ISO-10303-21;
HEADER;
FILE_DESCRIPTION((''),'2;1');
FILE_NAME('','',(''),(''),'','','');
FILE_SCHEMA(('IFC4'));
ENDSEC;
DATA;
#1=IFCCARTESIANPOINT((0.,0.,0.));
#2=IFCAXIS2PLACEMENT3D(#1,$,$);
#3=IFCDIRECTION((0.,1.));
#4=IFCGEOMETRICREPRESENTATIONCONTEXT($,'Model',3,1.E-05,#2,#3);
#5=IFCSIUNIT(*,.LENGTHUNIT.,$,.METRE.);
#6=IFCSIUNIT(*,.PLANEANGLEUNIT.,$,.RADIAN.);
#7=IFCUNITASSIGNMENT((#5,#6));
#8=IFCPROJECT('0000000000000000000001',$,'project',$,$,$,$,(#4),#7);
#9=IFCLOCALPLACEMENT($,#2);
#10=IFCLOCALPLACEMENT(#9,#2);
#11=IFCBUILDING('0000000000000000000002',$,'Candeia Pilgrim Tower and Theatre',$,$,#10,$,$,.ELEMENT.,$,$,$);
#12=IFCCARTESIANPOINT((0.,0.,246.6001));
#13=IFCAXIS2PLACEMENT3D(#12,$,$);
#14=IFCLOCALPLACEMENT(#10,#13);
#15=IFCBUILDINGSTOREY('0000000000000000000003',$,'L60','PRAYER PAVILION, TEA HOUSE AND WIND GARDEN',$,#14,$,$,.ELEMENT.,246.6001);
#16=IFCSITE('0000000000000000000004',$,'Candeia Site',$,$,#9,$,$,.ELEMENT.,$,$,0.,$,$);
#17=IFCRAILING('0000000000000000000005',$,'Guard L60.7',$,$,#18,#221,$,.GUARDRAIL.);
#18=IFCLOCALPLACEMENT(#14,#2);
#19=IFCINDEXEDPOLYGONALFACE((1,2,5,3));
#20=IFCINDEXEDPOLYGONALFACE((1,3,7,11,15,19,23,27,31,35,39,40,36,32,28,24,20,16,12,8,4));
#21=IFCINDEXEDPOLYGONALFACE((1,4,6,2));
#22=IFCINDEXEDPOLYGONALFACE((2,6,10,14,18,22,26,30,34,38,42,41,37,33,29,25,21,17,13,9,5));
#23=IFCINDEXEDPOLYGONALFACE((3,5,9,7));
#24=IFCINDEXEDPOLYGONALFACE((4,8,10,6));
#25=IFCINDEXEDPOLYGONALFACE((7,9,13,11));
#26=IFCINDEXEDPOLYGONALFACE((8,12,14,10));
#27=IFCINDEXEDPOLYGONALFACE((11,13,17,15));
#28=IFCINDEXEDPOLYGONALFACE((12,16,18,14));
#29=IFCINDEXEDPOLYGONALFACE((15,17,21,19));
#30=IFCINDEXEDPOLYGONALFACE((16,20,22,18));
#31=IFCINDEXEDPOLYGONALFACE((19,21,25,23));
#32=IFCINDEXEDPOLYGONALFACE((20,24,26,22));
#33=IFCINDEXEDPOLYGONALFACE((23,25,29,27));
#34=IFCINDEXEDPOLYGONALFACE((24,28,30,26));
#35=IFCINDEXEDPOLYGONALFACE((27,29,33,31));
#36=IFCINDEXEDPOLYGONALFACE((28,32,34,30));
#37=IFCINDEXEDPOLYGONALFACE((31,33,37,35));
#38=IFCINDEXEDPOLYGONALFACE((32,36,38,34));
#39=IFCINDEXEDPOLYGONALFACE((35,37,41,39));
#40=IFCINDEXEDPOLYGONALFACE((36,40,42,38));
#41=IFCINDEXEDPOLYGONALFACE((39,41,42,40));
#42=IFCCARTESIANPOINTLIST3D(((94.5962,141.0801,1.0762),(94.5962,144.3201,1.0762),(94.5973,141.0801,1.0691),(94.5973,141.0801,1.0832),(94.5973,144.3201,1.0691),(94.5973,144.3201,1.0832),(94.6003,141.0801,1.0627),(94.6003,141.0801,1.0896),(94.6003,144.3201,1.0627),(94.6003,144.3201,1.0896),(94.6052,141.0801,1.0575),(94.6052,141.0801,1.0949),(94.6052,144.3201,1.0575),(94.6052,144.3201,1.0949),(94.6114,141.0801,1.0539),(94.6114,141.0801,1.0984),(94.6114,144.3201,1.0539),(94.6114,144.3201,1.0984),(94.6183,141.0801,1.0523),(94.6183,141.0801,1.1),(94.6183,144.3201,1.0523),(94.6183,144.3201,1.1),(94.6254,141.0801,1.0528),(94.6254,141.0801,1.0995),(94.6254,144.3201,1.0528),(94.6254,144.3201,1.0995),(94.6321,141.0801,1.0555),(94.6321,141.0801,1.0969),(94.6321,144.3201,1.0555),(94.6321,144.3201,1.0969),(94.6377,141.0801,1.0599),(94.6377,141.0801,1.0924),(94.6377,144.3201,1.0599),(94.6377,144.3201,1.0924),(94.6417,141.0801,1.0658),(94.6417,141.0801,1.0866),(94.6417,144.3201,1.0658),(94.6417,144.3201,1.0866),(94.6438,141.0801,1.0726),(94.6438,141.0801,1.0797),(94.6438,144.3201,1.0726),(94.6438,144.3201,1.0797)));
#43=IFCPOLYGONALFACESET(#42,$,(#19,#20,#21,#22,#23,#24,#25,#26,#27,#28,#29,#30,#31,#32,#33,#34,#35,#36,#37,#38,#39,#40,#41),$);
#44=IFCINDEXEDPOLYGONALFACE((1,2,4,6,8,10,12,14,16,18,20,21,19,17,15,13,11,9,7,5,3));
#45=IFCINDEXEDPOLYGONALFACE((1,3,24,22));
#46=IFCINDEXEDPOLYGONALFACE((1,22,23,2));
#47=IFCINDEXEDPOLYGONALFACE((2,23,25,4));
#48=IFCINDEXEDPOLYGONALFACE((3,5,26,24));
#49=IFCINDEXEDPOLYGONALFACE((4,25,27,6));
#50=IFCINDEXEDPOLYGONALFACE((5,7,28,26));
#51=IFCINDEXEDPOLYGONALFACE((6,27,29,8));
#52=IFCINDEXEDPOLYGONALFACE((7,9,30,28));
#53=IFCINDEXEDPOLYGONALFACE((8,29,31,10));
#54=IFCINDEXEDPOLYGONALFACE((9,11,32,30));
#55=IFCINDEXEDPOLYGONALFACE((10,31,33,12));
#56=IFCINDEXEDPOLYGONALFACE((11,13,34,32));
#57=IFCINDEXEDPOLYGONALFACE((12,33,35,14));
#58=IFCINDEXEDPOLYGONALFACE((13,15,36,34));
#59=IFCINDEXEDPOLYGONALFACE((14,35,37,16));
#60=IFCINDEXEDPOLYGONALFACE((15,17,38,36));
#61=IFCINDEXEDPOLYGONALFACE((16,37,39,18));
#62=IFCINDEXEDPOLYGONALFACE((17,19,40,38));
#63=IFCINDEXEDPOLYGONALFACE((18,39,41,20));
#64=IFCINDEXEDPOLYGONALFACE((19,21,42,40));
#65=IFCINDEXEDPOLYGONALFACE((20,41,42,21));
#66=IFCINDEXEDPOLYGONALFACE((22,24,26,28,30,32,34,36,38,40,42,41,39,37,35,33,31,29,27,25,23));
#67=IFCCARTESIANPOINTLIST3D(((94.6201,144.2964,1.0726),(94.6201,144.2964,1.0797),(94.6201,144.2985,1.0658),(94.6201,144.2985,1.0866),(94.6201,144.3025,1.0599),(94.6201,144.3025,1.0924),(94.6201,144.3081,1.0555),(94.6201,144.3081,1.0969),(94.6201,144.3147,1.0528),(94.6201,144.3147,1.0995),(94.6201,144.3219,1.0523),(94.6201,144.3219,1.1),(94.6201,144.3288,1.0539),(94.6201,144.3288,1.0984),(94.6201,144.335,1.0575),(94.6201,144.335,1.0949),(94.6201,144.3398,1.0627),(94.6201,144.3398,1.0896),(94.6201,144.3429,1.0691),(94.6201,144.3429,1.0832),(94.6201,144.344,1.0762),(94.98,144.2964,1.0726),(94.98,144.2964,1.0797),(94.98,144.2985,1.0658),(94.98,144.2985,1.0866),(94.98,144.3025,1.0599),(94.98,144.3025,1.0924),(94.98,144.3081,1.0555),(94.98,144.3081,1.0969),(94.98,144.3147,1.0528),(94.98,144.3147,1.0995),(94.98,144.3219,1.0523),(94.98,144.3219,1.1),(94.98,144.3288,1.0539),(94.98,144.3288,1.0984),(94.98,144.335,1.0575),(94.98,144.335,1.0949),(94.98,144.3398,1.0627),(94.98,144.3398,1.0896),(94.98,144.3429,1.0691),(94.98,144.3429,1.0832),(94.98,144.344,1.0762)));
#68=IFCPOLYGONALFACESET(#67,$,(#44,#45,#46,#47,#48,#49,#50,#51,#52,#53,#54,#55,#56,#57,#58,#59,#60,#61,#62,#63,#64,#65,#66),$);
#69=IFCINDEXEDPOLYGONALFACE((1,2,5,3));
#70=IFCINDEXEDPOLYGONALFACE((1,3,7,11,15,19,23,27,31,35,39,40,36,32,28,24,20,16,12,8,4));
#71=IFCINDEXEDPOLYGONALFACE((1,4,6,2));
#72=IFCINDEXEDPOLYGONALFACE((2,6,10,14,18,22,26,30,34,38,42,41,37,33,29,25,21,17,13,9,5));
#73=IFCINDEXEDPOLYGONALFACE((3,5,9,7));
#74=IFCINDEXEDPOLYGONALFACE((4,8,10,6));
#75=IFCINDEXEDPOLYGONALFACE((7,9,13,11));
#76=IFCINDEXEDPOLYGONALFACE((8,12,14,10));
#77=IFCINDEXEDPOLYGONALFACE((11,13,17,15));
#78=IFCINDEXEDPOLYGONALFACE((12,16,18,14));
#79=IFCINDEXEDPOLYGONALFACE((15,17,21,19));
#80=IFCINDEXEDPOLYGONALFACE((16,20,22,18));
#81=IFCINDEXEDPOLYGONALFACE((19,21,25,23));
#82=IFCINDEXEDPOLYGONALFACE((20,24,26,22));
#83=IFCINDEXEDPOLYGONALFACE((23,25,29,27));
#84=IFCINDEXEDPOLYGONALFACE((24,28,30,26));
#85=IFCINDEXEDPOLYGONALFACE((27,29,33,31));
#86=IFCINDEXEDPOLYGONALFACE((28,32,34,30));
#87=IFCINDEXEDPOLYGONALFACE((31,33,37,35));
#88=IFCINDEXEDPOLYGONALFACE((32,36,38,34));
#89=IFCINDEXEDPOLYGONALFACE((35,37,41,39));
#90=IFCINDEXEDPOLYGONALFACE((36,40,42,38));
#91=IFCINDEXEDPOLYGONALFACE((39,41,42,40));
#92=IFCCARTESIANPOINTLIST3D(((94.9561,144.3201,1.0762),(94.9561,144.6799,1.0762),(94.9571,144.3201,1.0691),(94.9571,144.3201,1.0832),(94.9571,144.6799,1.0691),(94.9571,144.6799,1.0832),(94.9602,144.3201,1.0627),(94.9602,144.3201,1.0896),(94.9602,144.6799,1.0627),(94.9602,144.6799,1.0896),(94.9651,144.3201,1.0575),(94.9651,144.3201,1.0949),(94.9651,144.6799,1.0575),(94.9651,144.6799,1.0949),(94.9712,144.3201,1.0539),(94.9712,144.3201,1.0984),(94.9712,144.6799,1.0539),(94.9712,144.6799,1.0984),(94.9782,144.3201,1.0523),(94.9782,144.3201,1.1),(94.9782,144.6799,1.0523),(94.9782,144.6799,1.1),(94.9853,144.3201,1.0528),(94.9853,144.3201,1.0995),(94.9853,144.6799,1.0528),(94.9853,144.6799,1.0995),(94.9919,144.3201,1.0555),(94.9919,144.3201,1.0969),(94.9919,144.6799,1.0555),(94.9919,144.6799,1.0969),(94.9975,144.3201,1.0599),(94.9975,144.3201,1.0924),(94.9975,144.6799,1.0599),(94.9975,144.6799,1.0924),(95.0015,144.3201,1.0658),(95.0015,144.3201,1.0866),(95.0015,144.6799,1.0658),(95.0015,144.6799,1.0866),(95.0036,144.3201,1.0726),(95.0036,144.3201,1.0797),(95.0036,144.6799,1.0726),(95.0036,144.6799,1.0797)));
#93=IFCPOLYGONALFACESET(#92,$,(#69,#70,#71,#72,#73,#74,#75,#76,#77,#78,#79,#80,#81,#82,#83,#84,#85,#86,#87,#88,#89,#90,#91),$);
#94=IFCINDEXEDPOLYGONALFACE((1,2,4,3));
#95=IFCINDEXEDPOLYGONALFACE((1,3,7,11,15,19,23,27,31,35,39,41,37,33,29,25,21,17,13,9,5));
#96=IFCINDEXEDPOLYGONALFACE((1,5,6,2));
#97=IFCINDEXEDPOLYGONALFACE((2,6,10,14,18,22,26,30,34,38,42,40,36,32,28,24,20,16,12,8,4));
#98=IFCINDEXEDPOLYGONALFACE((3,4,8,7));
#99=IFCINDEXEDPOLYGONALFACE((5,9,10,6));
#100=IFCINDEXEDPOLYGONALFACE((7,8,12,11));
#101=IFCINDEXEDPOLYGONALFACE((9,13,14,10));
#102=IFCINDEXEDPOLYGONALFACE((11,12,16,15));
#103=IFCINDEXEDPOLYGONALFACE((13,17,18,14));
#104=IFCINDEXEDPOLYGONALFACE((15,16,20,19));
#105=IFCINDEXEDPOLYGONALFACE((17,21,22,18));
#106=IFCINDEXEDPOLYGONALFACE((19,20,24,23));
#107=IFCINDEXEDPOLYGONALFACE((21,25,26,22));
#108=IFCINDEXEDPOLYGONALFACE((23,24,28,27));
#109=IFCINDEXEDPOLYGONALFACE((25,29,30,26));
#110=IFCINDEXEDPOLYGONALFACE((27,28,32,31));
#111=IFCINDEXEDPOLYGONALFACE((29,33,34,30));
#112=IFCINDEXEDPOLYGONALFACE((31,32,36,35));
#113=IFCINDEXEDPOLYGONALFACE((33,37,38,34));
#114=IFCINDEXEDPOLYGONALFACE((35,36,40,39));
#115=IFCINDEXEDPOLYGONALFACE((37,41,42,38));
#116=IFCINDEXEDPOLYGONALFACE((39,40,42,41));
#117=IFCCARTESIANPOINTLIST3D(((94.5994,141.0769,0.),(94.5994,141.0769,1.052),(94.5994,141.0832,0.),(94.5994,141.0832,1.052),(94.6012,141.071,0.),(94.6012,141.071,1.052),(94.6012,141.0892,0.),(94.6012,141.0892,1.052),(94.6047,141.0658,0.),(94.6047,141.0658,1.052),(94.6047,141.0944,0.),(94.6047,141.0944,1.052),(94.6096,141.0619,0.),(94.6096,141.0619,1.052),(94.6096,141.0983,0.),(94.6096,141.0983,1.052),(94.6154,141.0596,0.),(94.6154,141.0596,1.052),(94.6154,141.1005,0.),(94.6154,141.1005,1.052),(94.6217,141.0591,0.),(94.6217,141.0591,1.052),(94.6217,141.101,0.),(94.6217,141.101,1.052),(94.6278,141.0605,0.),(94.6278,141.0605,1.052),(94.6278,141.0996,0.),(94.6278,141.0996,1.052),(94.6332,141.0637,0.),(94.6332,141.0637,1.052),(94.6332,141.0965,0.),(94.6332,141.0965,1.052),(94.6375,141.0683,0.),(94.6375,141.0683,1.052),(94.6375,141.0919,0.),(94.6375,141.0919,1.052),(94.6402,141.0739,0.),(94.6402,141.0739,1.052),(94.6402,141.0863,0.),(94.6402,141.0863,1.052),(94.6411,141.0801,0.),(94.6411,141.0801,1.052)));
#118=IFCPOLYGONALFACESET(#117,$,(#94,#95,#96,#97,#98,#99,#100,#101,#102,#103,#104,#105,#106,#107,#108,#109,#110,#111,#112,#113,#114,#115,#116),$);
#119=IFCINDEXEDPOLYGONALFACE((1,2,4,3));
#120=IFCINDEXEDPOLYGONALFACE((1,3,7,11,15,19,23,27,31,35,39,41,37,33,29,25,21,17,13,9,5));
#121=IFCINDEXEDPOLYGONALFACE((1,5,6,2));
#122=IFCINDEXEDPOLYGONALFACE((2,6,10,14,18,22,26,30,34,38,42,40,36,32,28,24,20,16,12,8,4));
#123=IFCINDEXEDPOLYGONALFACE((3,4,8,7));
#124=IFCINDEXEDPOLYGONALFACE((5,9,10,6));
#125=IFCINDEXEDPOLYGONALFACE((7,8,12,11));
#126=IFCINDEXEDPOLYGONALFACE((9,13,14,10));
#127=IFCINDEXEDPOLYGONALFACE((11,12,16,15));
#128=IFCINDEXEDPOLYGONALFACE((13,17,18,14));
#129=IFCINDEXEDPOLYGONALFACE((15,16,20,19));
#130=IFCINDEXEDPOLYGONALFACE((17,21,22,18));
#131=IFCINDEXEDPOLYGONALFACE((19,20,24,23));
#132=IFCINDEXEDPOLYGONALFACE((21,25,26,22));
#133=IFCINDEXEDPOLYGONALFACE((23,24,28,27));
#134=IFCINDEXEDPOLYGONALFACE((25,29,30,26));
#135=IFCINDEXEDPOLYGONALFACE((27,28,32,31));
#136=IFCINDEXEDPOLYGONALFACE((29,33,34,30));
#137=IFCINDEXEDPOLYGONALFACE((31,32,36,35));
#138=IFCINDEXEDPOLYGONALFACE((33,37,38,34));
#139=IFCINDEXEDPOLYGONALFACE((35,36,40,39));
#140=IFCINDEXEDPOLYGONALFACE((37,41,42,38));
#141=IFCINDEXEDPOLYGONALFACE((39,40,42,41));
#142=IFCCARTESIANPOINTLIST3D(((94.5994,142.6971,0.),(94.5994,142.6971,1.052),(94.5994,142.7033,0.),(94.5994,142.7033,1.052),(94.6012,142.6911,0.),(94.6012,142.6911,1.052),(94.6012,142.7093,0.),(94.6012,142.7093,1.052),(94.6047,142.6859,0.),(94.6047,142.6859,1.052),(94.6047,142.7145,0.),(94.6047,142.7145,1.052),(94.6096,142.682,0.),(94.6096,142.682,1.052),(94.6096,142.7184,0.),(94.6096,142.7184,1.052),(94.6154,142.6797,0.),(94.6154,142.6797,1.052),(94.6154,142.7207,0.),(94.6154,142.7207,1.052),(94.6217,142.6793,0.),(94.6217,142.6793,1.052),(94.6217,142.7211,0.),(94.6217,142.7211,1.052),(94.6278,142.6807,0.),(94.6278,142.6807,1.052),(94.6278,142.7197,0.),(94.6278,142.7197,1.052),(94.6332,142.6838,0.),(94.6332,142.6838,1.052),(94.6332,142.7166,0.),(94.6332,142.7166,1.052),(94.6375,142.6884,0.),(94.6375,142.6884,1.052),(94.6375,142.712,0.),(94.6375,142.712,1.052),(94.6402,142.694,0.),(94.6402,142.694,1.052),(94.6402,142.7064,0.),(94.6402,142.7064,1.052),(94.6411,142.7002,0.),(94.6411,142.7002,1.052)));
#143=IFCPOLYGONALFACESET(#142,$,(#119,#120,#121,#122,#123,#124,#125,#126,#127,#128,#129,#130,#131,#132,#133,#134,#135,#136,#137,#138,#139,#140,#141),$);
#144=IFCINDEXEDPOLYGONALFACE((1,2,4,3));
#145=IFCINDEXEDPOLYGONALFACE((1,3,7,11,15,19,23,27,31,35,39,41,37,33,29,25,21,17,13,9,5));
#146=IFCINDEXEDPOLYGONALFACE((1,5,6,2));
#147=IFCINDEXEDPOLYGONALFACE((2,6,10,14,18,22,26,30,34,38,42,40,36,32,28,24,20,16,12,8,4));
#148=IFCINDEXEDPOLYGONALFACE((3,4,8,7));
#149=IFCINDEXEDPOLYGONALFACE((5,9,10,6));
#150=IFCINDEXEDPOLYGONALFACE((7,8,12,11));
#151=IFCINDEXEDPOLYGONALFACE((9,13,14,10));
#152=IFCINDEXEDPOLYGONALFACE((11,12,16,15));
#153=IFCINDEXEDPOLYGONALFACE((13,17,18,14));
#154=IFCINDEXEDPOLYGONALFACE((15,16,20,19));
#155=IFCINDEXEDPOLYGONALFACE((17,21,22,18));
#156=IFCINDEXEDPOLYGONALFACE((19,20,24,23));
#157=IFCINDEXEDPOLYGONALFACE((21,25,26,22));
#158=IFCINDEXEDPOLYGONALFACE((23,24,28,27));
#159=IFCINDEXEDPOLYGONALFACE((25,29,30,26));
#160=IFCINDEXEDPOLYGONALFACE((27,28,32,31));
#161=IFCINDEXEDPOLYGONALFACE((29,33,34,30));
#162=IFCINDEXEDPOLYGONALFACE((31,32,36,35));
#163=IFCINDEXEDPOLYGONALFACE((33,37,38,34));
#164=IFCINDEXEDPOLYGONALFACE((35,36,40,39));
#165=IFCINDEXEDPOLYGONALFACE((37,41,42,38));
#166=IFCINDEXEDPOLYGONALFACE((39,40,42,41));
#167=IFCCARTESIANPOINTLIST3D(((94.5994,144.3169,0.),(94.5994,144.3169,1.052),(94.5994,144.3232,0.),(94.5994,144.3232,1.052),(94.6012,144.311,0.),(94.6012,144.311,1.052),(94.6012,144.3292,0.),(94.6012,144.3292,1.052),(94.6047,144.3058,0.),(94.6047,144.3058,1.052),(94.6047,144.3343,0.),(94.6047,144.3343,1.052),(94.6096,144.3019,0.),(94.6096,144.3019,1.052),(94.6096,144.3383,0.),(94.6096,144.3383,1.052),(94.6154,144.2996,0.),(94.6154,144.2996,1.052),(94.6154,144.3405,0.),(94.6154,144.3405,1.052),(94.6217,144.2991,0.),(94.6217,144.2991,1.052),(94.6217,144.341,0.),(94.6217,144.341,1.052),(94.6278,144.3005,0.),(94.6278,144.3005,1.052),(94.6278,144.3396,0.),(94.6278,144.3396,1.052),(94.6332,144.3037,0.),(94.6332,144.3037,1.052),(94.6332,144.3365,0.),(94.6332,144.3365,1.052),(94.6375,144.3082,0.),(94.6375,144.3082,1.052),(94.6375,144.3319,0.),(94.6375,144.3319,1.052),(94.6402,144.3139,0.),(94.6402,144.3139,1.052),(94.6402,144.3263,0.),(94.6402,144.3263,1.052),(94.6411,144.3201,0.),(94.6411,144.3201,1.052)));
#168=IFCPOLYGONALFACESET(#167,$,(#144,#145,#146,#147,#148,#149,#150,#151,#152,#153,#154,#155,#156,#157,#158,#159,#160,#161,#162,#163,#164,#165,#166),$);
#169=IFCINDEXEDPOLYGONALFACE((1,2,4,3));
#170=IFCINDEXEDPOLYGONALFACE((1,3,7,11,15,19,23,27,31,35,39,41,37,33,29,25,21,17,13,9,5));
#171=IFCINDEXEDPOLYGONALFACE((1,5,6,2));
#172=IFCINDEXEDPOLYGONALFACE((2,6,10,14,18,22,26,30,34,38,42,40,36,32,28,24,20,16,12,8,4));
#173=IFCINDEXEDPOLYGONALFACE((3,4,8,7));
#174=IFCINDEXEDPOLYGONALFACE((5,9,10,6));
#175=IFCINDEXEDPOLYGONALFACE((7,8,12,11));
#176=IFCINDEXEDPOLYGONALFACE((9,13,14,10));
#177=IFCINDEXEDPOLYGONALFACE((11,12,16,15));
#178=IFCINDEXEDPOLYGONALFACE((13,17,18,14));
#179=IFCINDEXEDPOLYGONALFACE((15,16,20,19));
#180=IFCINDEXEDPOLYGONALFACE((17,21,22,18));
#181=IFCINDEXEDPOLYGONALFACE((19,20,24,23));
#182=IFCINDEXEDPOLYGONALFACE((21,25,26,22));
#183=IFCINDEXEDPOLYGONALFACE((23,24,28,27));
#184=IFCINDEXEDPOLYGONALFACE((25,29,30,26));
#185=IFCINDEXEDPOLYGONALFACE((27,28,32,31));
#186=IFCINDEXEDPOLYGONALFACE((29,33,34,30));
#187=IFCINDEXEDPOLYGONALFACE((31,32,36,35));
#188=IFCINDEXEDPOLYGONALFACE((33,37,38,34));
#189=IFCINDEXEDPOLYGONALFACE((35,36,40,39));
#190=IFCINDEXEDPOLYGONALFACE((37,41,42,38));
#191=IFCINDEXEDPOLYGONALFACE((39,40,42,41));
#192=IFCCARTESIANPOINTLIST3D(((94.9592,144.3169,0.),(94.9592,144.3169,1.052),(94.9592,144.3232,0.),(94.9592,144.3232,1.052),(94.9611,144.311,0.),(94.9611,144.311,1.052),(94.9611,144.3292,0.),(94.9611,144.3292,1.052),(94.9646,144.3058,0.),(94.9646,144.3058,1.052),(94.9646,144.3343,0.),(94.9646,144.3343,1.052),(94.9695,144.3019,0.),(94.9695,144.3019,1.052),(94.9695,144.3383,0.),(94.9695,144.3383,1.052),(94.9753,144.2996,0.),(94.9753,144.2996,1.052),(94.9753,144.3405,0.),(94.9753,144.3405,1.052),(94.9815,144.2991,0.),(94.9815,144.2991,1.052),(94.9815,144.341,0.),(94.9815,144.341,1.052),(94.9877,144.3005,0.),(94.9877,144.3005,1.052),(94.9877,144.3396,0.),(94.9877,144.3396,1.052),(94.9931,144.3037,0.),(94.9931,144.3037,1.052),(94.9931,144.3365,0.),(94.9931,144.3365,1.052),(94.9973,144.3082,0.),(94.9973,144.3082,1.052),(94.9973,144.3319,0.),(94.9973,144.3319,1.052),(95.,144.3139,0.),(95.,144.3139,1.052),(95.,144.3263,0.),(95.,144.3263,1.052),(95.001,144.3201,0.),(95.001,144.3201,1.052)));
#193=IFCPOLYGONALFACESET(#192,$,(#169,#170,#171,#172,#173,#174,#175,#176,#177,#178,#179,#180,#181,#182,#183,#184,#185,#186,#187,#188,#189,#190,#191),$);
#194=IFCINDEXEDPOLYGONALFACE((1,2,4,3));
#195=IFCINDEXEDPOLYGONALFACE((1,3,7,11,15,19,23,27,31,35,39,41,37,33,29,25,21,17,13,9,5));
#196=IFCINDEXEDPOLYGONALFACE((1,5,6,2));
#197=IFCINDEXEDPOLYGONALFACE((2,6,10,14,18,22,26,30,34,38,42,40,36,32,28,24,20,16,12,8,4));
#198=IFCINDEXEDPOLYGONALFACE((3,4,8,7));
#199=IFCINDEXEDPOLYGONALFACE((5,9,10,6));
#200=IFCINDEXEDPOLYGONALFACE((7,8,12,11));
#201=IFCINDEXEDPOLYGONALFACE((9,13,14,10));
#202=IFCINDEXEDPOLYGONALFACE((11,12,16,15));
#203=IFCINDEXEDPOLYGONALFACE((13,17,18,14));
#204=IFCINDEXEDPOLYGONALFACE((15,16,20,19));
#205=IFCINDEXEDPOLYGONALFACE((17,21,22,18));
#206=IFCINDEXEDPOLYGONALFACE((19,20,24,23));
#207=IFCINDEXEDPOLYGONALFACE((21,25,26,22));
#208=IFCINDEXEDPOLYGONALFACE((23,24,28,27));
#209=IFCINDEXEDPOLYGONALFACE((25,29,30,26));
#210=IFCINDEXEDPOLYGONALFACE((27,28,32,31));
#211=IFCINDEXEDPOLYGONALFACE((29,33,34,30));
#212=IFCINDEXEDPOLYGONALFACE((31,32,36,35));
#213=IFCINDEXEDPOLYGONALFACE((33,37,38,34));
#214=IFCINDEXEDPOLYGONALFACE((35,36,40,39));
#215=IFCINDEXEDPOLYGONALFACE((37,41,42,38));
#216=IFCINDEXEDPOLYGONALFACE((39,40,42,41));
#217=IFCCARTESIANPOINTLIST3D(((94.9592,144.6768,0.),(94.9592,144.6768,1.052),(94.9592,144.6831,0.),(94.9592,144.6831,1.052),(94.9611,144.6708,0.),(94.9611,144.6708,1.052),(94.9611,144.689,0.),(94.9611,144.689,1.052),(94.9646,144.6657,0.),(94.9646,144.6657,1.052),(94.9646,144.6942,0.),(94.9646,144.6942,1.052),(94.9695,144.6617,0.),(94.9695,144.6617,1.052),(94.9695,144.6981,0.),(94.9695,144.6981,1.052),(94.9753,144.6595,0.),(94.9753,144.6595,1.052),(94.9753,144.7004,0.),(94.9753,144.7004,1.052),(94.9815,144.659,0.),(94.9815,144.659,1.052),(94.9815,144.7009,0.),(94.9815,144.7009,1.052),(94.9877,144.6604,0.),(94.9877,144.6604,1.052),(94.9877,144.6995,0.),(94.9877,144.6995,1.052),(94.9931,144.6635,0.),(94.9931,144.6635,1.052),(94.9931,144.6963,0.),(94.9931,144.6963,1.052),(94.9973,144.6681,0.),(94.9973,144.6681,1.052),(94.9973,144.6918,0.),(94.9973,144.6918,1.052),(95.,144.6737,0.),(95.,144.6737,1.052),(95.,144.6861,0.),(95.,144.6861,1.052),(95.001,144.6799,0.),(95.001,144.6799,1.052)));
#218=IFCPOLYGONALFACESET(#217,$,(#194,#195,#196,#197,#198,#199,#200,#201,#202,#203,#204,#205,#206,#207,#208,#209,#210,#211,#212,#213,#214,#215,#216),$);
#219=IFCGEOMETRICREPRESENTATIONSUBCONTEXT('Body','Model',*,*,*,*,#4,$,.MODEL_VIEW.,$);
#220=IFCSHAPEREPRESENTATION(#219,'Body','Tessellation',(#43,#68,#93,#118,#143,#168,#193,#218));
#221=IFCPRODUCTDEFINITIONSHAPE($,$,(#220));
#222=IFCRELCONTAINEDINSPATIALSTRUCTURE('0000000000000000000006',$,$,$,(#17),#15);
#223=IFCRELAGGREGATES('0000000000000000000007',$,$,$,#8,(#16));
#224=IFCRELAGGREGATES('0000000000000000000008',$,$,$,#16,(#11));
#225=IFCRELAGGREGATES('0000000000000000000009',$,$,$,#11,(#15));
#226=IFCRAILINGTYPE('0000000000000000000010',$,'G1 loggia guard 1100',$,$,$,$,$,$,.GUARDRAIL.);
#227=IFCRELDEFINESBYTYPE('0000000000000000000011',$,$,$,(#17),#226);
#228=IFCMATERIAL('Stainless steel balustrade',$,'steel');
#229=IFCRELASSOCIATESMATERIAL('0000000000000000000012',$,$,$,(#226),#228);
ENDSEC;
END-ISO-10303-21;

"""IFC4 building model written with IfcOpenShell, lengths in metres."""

from ifc_helpers import new_model, si_unit, direction, frame, origin, origin_2d, place, context, subcontext, project, spatial, circle, extrude, material, type_object, element, save


model = new_model("IFC4")

# Units and contexts
model_context = context("Model", 3, precision=1e-05, world=origin(), true_north=direction((0.0, 1.0)))
body_context = subcontext(model_context, "Body", "Model", "MODEL_VIEW")
ifc_project = project(units=[si_unit("LENGTHUNIT", "METRE"), si_unit("PLANEANGLEUNIT", "RADIAN")], contexts=[model_context])

# Site, building, storey
site_placement = place(None, origin())
site = spatial("IfcSite", under=ifc_project, at=site_placement, Name="Candeia Site", CompositionType="ELEMENT", RefElevation=0.0)
building_placement = place(site_placement, origin())
building = spatial("IfcBuilding", under=site, at=building_placement, Name="Candeia Pilgrim Tower and Theatre", CompositionType="ELEMENT")
storey_placement = place(building_placement, frame((0.0, 0.0, 246.6001)))
storey = spatial("IfcBuildingStorey", under=building, at=storey_placement, Name="L60", Description="PRAYER PAVILION, TEA HOUSE AND WIND GARDEN", CompositionType="ELEMENT", Elevation=246.6001)

# Railing
ifc_material_1 = material(Name="Stainless steel balustrade", Category="steel")
railing_type = type_object("IfcRailingType", Name="G1 loggia guard 1100", PredefinedType="GUARDRAIL", material=ifc_material_1)
railing_1_placement = place(storey_placement, frame((94.6201, 141.0801, 0.0)))
element("IfcRailing", 1, at=railing_1_placement, inside=storey, type_object=railing_type, Name="Guard L60.7", PredefinedType="GUARDRAIL", context=body_context, shape_type="SweptSolid", body=[
    extrude(circle(Radius=0.0239, at=origin_2d()), frame((0.0, 0.0, 1.0762), z_axis=(0.0, 1.0, 0.0), x_axis=(-1.0, 0.0, 0.0)), (0.0, 0.0, 1.0), 3.24),
    extrude(circle(Radius=0.0239, at=origin_2d()), frame((0.0, 3.24, 1.0762), z_axis=(1.0, 0.0, 0.0), x_axis=(0.0, 1.0, 0.0)), (0.0, 0.0, 1.0), 0.3599),
    extrude(circle(Radius=0.0239, at=origin_2d()), frame((0.3599, 3.24, 1.0762), z_axis=(0.0, 1.0, 0.0), x_axis=(-1.0, 0.0, 0.0)), (0.0, 0.0, 1.0), 0.3599),
    extrude(circle(Radius=0.021, at=origin_2d()), origin(), (0.0, 0.0, 1.0), 1.052),
    extrude(circle(Radius=0.021, at=origin_2d()), frame((0.0, 1.6201, 0.0)), (0.0, 0.0, 1.0), 1.052),
    extrude(circle(Radius=0.021, at=origin_2d()), frame((0.0, 3.24, 0.0)), (0.0, 0.0, 1.0), 1.052),
    extrude(circle(Radius=0.021, at=origin_2d()), frame((0.3599, 3.24, 0.0)), (0.0, 0.0, 1.0), 1.052),
    extrude(circle(Radius=0.021, at=origin_2d()), frame((0.3599, 3.5999, 0.0)), (0.0, 0.0, 1.0), 1.052),
])

save(model, "model.ifc")
